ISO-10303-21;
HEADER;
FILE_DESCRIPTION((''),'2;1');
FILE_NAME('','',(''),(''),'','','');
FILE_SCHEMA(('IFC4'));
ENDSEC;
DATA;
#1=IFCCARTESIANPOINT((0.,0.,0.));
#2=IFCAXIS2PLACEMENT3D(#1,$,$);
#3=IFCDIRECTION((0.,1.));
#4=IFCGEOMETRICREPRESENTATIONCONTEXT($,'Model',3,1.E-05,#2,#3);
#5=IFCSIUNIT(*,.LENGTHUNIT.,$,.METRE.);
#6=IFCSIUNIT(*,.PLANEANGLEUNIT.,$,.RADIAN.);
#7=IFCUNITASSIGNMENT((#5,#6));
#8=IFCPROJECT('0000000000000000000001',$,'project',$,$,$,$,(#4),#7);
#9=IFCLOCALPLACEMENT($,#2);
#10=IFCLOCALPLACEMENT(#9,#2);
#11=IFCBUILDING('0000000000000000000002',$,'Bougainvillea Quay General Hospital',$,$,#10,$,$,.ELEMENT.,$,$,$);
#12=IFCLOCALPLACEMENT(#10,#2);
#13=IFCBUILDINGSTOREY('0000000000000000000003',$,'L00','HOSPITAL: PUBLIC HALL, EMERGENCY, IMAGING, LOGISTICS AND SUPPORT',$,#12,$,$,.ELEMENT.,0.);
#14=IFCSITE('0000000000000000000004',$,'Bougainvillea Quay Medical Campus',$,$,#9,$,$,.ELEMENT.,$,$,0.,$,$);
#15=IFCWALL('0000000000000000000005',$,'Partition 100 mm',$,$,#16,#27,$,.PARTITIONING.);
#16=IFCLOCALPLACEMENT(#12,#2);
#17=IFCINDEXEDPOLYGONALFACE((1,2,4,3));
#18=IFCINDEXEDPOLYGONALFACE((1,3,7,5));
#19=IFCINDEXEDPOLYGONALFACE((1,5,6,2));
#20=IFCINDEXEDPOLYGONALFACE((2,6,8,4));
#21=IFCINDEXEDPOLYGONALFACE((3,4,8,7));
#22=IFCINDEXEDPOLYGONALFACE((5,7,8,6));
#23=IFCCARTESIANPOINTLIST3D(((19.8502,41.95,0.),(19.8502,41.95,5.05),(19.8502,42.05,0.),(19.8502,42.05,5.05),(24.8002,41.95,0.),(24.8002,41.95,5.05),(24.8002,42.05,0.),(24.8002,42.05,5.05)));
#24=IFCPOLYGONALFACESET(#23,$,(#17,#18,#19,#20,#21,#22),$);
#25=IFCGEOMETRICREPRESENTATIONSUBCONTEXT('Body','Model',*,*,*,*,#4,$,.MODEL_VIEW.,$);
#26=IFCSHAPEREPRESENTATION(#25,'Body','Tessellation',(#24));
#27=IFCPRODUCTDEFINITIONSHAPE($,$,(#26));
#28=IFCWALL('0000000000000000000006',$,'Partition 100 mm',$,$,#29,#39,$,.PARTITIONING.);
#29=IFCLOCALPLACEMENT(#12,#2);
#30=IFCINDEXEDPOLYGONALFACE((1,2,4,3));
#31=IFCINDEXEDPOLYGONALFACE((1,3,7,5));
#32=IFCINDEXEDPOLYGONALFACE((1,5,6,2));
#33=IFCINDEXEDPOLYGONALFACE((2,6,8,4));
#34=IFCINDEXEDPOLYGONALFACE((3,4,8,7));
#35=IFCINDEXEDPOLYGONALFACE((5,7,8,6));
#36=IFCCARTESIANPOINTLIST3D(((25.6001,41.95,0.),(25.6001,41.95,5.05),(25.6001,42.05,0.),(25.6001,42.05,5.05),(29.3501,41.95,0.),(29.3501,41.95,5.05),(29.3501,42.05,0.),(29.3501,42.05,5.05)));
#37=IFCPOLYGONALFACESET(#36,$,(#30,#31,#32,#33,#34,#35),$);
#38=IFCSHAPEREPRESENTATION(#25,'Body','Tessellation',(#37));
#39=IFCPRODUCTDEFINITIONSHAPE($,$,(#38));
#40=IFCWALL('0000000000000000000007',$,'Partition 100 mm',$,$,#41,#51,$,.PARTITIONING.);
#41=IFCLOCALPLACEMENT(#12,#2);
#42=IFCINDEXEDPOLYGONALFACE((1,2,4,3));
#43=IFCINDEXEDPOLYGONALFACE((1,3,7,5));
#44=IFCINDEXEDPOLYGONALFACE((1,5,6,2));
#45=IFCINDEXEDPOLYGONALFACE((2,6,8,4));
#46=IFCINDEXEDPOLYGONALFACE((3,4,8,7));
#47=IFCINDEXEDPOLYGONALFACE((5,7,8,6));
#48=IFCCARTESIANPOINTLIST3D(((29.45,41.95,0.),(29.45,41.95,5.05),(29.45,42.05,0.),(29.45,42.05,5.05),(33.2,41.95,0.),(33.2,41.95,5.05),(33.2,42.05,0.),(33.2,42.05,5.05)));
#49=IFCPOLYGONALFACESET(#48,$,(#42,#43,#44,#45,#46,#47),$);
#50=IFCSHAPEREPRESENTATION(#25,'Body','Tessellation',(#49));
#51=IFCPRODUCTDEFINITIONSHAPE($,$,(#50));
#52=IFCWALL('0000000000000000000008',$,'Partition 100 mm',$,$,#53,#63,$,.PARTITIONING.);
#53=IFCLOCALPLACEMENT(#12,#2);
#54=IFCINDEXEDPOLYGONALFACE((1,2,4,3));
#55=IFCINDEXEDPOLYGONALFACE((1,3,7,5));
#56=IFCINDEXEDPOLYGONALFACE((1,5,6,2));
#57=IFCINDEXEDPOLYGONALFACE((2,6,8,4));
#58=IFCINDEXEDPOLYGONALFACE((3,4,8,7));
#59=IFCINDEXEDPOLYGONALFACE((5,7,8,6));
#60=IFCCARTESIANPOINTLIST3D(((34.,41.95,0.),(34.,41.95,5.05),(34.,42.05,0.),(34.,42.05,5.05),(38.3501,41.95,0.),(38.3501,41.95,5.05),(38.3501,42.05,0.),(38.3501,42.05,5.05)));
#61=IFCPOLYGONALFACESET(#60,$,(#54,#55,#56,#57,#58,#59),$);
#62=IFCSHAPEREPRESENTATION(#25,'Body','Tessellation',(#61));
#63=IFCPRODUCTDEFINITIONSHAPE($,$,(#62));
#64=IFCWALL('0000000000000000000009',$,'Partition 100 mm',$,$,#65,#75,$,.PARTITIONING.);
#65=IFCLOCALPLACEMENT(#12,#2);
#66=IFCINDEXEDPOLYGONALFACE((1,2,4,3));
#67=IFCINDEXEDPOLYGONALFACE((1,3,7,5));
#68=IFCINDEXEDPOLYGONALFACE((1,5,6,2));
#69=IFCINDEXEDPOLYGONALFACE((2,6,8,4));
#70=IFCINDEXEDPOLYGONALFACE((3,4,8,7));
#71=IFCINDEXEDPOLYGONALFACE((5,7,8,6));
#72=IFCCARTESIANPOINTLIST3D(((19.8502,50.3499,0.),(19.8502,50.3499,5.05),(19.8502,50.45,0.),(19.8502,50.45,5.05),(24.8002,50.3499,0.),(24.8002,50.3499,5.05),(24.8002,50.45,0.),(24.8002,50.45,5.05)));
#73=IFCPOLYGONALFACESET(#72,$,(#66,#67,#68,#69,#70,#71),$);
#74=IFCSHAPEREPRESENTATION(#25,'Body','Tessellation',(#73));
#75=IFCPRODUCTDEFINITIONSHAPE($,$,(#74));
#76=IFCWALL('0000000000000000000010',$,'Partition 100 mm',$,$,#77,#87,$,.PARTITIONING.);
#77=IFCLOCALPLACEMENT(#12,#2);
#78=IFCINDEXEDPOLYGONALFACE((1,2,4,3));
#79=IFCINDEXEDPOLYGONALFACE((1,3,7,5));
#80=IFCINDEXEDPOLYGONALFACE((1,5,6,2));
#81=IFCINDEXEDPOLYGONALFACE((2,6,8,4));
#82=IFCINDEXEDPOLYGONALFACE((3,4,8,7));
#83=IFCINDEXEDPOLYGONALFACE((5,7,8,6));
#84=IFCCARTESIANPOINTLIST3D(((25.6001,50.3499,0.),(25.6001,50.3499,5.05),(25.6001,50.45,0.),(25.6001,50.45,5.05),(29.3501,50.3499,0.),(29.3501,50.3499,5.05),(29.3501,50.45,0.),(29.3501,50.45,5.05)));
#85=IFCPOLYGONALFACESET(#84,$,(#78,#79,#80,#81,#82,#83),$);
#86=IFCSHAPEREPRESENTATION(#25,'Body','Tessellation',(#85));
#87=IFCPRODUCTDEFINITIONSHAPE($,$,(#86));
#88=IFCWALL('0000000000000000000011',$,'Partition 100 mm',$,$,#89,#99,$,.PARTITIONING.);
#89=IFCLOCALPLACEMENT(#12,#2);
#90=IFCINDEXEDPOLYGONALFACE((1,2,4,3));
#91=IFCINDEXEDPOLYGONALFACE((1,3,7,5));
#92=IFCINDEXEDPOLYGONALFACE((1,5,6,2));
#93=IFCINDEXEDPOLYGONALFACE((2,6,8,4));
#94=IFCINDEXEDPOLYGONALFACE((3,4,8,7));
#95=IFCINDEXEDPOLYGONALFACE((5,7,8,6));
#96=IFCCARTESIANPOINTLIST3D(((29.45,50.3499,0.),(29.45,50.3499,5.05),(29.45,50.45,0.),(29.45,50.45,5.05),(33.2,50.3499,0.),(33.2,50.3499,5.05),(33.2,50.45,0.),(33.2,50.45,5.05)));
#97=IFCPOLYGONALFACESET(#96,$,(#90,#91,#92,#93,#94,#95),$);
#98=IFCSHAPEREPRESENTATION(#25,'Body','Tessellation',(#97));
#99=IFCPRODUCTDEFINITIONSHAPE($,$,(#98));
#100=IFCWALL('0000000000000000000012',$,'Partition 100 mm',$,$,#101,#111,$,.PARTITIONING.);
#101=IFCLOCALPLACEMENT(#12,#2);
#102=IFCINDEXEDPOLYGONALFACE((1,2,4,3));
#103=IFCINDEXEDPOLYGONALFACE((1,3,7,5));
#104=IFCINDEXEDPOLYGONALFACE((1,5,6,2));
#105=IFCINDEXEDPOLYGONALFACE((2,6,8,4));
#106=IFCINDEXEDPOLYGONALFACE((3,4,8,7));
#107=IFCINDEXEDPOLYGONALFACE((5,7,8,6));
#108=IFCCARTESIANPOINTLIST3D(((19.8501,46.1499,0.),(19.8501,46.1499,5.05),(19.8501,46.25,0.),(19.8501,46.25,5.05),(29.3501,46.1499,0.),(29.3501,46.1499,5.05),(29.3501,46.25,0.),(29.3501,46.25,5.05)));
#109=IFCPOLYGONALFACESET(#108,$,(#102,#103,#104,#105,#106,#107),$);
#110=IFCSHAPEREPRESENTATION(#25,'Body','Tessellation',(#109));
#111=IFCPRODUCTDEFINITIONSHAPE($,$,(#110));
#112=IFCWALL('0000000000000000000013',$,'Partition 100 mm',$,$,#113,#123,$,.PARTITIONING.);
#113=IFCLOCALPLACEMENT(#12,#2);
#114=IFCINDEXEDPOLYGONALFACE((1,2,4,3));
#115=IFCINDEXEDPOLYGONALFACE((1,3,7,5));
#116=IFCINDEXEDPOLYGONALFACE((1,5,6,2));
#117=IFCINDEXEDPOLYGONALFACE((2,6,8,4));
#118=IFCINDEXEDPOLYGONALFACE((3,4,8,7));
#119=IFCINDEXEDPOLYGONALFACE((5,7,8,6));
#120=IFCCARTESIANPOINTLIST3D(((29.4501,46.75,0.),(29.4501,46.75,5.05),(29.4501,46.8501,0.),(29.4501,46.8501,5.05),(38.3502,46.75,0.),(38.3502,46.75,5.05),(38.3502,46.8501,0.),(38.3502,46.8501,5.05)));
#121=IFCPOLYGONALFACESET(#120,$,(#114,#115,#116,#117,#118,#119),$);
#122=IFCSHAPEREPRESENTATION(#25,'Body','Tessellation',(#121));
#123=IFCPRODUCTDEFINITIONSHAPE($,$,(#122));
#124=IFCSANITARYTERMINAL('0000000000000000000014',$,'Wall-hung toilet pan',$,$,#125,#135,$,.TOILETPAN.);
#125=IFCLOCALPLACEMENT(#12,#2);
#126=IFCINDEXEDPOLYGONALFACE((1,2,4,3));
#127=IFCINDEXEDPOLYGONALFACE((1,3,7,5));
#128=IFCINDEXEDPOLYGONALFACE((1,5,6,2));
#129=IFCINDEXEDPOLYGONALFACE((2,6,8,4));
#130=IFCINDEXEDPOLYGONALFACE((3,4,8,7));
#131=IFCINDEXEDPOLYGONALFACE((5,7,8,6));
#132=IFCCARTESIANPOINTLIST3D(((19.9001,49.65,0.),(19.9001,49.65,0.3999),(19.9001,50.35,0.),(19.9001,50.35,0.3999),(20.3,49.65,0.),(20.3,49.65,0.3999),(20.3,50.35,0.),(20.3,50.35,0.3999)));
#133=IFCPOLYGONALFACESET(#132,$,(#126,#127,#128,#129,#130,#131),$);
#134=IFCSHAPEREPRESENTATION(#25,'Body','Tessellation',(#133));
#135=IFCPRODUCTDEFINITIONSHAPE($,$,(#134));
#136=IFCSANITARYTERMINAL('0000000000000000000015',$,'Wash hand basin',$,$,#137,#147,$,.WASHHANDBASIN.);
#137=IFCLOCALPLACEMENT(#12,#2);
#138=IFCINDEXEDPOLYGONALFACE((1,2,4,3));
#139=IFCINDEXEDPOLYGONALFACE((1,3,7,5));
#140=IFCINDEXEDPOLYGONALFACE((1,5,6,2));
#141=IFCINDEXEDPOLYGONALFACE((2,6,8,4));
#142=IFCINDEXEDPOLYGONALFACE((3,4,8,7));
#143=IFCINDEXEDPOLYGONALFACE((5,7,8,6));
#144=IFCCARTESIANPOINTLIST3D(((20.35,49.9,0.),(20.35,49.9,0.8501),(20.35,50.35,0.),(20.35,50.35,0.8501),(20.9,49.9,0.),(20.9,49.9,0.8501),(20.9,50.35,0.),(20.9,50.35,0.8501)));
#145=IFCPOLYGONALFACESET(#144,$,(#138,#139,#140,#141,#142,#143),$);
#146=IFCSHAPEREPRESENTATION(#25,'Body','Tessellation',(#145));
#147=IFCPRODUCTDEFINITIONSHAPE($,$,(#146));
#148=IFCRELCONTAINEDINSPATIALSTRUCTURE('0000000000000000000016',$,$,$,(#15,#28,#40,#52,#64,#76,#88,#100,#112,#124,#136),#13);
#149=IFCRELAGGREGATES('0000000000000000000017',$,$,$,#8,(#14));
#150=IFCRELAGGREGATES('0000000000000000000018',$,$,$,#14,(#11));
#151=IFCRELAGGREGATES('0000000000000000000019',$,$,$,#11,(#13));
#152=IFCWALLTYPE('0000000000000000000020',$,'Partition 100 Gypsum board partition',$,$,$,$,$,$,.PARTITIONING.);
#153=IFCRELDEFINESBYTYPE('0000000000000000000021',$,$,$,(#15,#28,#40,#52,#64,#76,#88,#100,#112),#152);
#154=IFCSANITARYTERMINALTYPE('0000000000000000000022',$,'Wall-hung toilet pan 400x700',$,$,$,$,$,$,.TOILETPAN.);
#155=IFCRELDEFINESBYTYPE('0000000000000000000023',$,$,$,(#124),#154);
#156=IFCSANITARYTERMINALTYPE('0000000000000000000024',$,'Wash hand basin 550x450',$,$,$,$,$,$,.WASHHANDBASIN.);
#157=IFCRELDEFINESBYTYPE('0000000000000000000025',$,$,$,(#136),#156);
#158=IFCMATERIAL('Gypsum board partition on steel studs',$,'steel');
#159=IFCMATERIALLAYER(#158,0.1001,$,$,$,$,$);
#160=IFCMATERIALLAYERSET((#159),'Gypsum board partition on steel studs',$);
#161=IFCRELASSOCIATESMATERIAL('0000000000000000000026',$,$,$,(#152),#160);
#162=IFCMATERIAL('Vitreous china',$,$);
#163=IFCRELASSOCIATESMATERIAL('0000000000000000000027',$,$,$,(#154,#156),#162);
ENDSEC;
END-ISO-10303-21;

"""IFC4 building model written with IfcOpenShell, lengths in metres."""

from ifc_helpers import new_model, si_unit, direction, frame, frame_2d, origin, origin_2d, place, context, subcontext, project, spatial, rectangle, extrude, material, layer, layer_set, type_object, element, save


model = new_model("IFC4")

# Units and contexts
model_context = context("Model", 3, precision=1e-05, world=origin(), true_north=direction((0.0, 1.0)))
body_context = subcontext(model_context, "Body", "Model", "MODEL_VIEW")
ifc_project = project(units=[si_unit("LENGTHUNIT", "METRE"), si_unit("PLANEANGLEUNIT", "RADIAN")], contexts=[model_context])

# Site, building, storey
site_placement = place(None, origin())
site = spatial("IfcSite", under=ifc_project, at=site_placement, Name="Bougainvillea Quay Medical Campus", CompositionType="ELEMENT", RefElevation=0.0)
building_placement = place(site_placement, origin())
building = spatial("IfcBuilding", under=site, at=building_placement, Name="Bougainvillea Quay General Hospital", CompositionType="ELEMENT")
storey_placement = place(building_placement, origin())
storey = spatial("IfcBuildingStorey", under=building, at=storey_placement, Name="L00", Description="HOSPITAL: PUBLIC HALL, EMERGENCY, IMAGING, LOGISTICS AND SUPPORT", CompositionType="ELEMENT", Elevation=0.0)

# Shared definitions
ifc_material_1 = material(Name="Gypsum board partition on steel studs", Category="steel")
ifc_layer = layer(ifc_material_1, 0.1001)
ifc_layer_set = layer_set([ifc_layer], Name="Gypsum board partition on steel studs")
wall_type = type_object("IfcWallType", Name="Partition 100 Gypsum board partition", PredefinedType="PARTITIONING", material=ifc_layer_set)

# Walls
wall_1_placement = place(storey_placement, frame((19.8501, 42.0, 0.0), z_axis=(0.0, 0.0, 1.0), x_axis=(1.0, 0.0, 0.0)))
element("IfcWall", 1, at=wall_1_placement, inside=storey, type_object=wall_type, Name="Partition 100 mm", PredefinedType="PARTITIONING", context=body_context, shape_type="SweptSolid", body=[
    extrude(rectangle(XDim=4.95, YDim=0.1001, at=frame_2d((2.4751, 0.0))), origin(), (0.0, 0.0, 1.0), 5.05),
])
for number, where, z_axis, x_axis, name in (
    (2, (25.6001, 42.0, 0.0), (0.0, 0.0, 1.0), (1.0, 0.0, 0.0), "Partition 100 mm"),
    (3, (29.45, 42.0, 0.0), (0.0, 0.0, 1.0), (1.0, 0.0, 0.0), "Partition 100 mm"),
):
    element("IfcWall", number, at=place(storey_placement, frame(where, z_axis=z_axis, x_axis=x_axis)), inside=storey, type_object=wall_type, Name=name, PredefinedType="PARTITIONING", context=body_context, shape_type="SweptSolid", body=[
        extrude(rectangle(XDim=3.75, YDim=0.1001, at=frame_2d((1.875, 0.0))), origin(), (0.0, 0.0, 1.0), 5.05),
    ])
wall_2_placement = place(storey_placement, frame((34.0, 42.0, 0.0), z_axis=(0.0, 0.0, 1.0), x_axis=(1.0, 0.0, 0.0)))
element("IfcWall", 4, at=wall_2_placement, inside=storey, type_object=wall_type, Name="Partition 100 mm", PredefinedType="PARTITIONING", context=body_context, shape_type="SweptSolid", body=[
    extrude(rectangle(XDim=4.3501, YDim=0.1001, at=frame_2d((2.175, 0.0))), origin(), (0.0, 0.0, 1.0), 5.05),
])
wall_3_placement = place(storey_placement, frame((19.8501, 50.3999, 0.0), z_axis=(0.0, 0.0, 1.0), x_axis=(1.0, 0.0, 0.0)))
element("IfcWall", 5, at=wall_3_placement, inside=storey, type_object=wall_type, Name="Partition 100 mm", PredefinedType="PARTITIONING", context=body_context, shape_type="SweptSolid", body=[
    extrude(rectangle(XDim=4.95, YDim=0.1001, at=frame_2d((2.4751, 0.0))), origin(), (0.0, 0.0, 1.0), 5.05),
])
for number, where, z_axis, x_axis, name in (
    (6, (25.6001, 50.3999, 0.0), (0.0, 0.0, 1.0), (1.0, 0.0, 0.0), "Partition 100 mm"),
    (7, (29.45, 50.3999, 0.0), (0.0, 0.0, 1.0), (1.0, 0.0, 0.0), "Partition 100 mm"),
):
    element("IfcWall", number, at=place(storey_placement, frame(where, z_axis=z_axis, x_axis=x_axis)), inside=storey, type_object=wall_type, Name=name, PredefinedType="PARTITIONING", context=body_context, shape_type="SweptSolid", body=[
        extrude(rectangle(XDim=3.75, YDim=0.1001, at=frame_2d((1.875, 0.0))), origin(), (0.0, 0.0, 1.0), 5.05),
    ])
wall_4_placement = place(storey_placement, frame((19.8501, 46.2, 0.0), z_axis=(0.0, 0.0, 1.0), x_axis=(1.0, 0.0, 0.0)))
element("IfcWall", 8, at=wall_4_placement, inside=storey, type_object=wall_type, Name="Partition 100 mm", PredefinedType="PARTITIONING", context=body_context, shape_type="SweptSolid", body=[
    extrude(rectangle(XDim=9.5, YDim=0.1001, at=frame_2d((4.75, 0.0))), origin(), (0.0, 0.0, 1.0), 5.05),
])
wall_5_placement = place(storey_placement, frame((29.45, 46.8, 0.0), z_axis=(0.0, 0.0, 1.0), x_axis=(1.0, 0.0, 0.0)))
element("IfcWall", 9, at=wall_5_placement, inside=storey, type_object=wall_type, Name="Partition 100 mm", PredefinedType="PARTITIONING", context=body_context, shape_type="SweptSolid", body=[
    extrude(rectangle(XDim=8.9001, YDim=0.1001, at=frame_2d((4.4502, 0.0))), origin(), (0.0, 0.0, 1.0), 5.05),
])

# Sanitary terminals
ifc_material_2 = material(Name="Vitreous china")
sanitary_terminal_type_1 = type_object("IfcSanitaryTerminalType", Name="Wall-hung toilet pan 400x700", PredefinedType="TOILETPAN", material=ifc_material_2)
sanitary_terminal_1_placement = place(storey_placement, frame((20.1001, 50.0, 0.0), z_axis=(0.0, 0.0, 1.0), x_axis=(1.0, 0.0, 0.0)))
element("IfcSanitaryTerminal", 10, at=sanitary_terminal_1_placement, inside=storey, type_object=sanitary_terminal_type_1, Name="Wall-hung toilet pan", PredefinedType="TOILETPAN", context=body_context, shape_type="SweptSolid", body=[
    extrude(rectangle(XDim=0.3999, YDim=0.7, at=origin_2d()), origin(), (0.0, 0.0, 1.0), 0.3999),
])
sanitary_terminal_type_2 = type_object("IfcSanitaryTerminalType", Name="Wash hand basin 550x450", PredefinedType="WASHHANDBASIN", material=ifc_material_2)
sanitary_terminal_2_placement = place(storey_placement, frame((20.625, 50.125, 0.0), z_axis=(0.0, 0.0, 1.0), x_axis=(1.0, 0.0, 0.0)))
element("IfcSanitaryTerminal", 11, at=sanitary_terminal_2_placement, inside=storey, type_object=sanitary_terminal_type_2, Name="Wash hand basin", PredefinedType="WASHHANDBASIN", context=body_context, shape_type="SweptSolid", body=[
    extrude(rectangle(XDim=0.55, YDim=0.45, at=origin_2d()), origin(), (0.0, 0.0, 1.0), 0.8501),
])

save(model, "model.ifc")
